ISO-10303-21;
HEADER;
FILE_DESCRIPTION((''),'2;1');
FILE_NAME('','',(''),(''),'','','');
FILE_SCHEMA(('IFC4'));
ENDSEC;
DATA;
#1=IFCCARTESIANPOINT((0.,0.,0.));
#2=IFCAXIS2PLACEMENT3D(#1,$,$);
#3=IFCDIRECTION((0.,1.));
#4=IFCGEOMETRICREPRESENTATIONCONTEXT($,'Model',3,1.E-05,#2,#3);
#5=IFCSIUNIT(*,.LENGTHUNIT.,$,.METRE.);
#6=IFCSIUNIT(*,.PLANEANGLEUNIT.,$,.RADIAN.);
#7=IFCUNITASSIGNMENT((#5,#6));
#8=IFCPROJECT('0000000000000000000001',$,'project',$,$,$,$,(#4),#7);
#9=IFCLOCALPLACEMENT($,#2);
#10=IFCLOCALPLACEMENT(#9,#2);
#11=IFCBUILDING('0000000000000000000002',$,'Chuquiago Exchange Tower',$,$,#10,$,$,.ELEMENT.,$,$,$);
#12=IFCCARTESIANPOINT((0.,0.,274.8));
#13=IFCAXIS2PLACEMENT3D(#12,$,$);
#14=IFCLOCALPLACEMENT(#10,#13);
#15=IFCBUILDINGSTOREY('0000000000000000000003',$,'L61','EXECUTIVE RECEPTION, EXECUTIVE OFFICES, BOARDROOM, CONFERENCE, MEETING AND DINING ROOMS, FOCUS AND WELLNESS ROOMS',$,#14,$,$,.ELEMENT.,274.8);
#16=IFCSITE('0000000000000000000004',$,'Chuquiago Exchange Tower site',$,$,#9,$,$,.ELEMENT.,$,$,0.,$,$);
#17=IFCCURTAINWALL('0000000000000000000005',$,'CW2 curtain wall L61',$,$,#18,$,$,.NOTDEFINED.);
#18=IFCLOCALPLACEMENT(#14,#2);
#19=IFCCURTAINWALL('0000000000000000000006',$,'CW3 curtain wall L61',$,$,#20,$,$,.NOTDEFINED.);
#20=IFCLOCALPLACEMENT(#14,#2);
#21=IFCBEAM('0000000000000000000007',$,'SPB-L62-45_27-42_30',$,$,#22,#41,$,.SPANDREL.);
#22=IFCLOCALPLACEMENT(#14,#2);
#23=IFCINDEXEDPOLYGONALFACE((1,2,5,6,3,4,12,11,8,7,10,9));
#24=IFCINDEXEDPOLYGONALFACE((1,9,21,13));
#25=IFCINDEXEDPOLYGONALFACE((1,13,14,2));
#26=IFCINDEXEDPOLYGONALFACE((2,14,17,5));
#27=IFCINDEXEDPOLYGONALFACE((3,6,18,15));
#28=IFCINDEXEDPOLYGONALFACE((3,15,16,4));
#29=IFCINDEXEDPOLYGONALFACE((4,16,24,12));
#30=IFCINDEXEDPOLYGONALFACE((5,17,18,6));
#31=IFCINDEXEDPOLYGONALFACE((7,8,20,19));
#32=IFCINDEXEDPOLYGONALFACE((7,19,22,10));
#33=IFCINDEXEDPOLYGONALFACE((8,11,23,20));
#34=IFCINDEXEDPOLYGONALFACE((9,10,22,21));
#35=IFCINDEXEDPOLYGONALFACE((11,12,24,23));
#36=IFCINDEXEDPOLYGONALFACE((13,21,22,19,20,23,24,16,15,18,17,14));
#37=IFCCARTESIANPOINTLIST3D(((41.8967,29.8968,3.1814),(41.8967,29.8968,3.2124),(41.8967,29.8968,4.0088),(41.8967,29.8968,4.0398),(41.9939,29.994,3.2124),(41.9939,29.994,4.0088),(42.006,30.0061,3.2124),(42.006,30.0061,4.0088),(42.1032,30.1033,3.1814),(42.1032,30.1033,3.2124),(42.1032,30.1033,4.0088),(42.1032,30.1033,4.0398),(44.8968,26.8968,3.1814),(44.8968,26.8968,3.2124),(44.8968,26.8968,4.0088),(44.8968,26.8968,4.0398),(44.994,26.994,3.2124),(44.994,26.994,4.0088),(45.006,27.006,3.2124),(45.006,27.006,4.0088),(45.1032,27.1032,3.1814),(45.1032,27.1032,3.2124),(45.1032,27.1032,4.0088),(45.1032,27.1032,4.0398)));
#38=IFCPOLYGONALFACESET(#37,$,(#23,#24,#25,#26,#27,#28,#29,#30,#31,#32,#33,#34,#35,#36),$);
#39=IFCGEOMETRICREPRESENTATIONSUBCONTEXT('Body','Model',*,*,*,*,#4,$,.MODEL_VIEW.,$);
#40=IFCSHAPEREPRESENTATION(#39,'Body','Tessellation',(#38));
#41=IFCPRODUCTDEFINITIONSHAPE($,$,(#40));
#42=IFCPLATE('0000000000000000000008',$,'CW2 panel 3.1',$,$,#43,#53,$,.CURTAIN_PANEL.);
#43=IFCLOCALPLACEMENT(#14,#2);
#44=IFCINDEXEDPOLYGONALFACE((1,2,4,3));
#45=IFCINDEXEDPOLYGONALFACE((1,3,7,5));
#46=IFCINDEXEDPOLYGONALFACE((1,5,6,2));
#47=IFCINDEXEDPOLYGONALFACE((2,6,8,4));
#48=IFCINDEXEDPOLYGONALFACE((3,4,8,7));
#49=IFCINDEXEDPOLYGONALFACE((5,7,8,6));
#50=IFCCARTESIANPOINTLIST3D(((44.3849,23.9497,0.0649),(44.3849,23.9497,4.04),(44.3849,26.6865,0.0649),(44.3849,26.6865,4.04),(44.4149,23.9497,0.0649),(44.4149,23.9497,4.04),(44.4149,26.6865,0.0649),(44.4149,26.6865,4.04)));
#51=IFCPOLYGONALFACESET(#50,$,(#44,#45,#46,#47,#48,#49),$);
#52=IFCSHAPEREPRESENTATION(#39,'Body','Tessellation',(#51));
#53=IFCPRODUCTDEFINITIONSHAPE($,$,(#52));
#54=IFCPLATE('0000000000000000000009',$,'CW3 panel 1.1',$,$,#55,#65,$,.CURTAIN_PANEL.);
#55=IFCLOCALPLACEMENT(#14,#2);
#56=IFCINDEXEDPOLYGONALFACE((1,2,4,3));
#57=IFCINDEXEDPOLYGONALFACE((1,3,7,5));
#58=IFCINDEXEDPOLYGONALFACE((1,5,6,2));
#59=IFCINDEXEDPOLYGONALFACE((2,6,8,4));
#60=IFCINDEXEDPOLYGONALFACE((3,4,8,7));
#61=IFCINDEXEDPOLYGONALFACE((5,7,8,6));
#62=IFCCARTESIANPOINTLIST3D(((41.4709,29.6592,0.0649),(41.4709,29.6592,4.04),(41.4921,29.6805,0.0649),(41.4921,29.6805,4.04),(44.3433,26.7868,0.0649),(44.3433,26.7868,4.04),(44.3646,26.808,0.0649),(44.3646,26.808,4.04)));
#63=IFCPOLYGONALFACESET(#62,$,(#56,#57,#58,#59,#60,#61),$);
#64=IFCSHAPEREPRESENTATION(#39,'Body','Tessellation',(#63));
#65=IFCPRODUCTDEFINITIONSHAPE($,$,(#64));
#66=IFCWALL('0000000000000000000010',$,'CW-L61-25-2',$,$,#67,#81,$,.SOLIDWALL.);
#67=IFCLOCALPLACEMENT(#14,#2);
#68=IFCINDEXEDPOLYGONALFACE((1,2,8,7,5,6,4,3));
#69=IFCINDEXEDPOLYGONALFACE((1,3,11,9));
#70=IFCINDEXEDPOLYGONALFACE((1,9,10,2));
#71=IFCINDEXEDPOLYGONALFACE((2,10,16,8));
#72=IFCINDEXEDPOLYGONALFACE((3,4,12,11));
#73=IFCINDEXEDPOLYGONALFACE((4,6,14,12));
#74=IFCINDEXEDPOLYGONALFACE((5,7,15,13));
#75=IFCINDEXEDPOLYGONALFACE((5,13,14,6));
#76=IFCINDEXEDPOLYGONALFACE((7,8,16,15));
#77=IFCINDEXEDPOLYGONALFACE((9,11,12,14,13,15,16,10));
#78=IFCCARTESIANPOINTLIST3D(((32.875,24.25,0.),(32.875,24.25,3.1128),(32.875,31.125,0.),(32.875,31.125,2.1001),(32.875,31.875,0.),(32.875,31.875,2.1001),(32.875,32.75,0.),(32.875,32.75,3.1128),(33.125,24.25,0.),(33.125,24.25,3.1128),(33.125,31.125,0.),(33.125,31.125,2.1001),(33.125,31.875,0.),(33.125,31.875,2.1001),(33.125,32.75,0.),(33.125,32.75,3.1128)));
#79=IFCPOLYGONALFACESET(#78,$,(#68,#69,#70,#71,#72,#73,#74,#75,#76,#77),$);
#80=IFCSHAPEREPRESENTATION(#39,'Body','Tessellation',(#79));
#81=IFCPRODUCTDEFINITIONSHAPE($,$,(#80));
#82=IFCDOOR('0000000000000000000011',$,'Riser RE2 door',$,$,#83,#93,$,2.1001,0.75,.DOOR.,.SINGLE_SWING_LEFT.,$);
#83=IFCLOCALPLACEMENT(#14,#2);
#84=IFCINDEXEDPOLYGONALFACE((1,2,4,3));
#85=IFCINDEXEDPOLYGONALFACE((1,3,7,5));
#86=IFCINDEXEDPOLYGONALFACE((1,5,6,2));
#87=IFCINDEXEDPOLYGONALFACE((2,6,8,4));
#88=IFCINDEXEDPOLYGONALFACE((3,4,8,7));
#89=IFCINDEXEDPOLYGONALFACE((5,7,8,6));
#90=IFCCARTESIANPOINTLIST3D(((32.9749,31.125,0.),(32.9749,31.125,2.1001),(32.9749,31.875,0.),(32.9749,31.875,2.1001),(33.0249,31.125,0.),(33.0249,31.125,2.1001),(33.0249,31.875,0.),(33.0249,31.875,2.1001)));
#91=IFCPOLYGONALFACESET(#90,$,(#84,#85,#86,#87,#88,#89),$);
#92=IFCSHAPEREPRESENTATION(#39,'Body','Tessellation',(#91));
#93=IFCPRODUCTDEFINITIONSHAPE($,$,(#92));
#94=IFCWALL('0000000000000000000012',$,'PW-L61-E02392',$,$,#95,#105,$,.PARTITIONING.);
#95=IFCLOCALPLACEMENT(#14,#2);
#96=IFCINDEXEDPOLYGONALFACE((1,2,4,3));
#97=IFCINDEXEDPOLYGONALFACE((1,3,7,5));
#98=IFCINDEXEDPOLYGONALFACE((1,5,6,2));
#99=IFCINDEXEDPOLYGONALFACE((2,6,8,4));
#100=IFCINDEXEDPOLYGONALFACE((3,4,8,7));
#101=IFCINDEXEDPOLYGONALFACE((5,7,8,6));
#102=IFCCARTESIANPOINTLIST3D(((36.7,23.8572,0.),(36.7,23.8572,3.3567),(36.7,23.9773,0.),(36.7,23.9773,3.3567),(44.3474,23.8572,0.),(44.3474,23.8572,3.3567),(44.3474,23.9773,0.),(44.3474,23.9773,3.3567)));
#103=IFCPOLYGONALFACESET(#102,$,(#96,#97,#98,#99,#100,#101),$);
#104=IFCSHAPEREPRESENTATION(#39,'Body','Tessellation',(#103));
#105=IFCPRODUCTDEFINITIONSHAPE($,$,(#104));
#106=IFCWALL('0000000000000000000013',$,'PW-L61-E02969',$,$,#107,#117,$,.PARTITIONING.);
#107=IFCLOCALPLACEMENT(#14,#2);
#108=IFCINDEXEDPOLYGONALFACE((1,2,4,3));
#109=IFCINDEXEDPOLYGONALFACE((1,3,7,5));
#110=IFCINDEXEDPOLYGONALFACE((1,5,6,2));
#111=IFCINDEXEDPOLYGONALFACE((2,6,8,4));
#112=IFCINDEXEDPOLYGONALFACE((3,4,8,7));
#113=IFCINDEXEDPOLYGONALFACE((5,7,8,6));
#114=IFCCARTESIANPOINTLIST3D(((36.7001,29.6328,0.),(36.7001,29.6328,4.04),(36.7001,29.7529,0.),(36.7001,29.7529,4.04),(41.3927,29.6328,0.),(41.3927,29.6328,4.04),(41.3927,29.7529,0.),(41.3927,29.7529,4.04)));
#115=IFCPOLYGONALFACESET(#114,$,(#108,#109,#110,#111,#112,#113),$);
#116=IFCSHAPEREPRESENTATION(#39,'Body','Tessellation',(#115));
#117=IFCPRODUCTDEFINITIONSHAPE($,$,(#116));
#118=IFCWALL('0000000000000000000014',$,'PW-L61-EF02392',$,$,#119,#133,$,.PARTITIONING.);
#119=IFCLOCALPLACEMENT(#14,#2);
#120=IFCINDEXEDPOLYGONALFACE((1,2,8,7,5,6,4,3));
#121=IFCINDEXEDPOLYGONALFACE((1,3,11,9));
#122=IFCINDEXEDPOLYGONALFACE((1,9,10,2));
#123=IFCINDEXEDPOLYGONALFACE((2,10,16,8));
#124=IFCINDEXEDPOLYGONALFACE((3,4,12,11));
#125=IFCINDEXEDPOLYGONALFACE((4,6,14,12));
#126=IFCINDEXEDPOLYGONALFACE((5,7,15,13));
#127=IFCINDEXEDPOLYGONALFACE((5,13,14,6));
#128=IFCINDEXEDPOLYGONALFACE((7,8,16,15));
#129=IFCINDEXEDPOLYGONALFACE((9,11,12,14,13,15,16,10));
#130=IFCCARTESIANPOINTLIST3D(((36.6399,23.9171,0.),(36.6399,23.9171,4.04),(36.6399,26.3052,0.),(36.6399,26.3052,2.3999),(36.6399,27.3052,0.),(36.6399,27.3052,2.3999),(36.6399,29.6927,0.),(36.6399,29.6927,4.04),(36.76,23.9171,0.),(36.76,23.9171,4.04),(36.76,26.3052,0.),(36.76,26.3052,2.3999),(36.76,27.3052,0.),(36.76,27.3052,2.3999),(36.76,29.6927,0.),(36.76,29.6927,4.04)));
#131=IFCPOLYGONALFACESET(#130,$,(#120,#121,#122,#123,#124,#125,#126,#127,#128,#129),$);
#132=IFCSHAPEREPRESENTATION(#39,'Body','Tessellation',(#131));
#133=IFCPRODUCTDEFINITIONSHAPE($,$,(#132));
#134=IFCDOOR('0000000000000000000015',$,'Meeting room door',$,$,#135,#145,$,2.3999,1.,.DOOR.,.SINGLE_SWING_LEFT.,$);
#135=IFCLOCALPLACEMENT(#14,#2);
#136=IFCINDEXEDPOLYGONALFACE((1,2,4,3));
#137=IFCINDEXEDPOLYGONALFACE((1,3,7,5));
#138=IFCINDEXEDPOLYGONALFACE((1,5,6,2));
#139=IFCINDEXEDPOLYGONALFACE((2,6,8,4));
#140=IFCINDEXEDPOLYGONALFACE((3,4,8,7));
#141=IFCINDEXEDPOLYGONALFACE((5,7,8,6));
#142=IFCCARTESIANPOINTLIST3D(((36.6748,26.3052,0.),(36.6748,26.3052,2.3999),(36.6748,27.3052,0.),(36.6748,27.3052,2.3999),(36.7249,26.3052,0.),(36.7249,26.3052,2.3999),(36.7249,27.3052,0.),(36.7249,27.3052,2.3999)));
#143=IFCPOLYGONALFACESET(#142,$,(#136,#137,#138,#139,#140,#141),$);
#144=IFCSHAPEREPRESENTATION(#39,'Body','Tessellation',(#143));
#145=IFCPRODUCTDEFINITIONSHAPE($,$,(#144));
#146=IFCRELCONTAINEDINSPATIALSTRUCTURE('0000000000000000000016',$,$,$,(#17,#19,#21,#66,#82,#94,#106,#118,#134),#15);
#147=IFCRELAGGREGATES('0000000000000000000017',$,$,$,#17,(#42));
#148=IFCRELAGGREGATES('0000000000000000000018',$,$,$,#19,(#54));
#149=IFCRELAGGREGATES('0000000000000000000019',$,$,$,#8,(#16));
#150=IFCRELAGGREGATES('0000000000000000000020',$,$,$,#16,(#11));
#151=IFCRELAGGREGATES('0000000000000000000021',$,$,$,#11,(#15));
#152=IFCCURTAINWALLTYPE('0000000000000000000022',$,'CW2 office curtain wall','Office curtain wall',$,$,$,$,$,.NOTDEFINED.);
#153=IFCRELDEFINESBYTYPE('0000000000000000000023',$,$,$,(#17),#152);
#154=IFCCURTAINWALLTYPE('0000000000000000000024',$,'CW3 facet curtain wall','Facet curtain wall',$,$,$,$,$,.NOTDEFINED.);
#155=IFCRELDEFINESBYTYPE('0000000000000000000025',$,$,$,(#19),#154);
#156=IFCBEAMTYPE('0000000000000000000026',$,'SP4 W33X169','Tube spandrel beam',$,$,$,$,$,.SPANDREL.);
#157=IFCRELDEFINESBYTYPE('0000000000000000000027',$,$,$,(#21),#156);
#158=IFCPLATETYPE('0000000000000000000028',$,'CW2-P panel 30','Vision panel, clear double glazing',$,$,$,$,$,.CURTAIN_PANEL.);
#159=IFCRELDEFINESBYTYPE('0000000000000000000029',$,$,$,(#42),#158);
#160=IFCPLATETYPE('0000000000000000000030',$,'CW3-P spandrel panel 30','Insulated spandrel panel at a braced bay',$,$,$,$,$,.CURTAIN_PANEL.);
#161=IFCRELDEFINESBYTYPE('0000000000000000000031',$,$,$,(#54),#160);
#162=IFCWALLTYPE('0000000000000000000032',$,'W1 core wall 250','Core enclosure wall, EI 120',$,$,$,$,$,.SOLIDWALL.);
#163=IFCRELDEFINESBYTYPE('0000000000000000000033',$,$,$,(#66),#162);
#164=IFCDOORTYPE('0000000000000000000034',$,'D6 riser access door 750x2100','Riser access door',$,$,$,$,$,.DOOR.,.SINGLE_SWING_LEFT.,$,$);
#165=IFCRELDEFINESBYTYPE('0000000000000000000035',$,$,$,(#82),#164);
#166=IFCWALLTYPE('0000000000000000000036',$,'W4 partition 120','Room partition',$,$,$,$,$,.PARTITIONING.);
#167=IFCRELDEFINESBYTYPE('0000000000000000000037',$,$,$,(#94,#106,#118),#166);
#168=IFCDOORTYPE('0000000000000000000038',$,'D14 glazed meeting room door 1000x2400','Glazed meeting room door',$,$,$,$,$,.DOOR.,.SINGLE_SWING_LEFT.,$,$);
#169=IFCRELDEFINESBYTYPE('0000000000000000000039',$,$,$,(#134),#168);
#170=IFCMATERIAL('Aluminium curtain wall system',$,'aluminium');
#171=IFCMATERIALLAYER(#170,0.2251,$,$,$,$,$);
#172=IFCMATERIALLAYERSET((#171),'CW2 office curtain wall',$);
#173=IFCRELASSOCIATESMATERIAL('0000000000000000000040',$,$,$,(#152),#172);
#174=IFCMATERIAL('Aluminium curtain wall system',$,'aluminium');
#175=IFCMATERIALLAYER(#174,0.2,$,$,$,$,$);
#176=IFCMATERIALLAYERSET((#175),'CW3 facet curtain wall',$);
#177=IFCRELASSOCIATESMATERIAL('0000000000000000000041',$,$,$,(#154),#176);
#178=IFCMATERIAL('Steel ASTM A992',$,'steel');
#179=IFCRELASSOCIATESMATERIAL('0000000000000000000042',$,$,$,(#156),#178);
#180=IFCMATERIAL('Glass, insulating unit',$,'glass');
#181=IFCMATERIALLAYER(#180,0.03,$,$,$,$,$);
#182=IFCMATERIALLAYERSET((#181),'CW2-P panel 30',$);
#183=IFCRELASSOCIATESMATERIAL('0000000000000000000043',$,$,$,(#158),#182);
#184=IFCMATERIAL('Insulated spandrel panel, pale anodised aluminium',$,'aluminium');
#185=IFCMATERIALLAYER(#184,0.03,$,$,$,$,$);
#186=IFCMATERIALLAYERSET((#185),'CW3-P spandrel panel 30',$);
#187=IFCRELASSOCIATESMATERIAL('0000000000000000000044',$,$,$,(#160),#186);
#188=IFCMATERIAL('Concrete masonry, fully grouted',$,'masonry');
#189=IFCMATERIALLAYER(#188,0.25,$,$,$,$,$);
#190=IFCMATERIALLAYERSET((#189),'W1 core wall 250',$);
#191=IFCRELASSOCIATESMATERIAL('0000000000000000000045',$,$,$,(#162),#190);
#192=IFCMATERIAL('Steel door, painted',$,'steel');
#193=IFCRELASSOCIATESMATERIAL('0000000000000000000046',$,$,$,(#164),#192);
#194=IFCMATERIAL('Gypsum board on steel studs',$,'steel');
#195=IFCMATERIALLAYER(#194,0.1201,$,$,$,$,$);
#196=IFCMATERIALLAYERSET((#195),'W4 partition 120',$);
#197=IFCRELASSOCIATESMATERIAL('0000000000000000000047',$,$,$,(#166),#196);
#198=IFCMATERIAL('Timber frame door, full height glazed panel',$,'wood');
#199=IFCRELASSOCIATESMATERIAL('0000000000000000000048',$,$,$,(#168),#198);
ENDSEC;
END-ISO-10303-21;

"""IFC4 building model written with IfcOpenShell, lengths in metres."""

from ifc_helpers import new_model, si_unit, direction, frame, frame_2d, origin, origin_2d, place, context, subcontext, project, spatial, rectangle, i_section, extrude, material, layer, layer_set, material_profile, profile_set, type_object, element, fill, aggregate, save


model = new_model("IFC4")

# Units and contexts
model_context = context("Model", 3, precision=1e-05, world=origin(), true_north=direction((0.0, 1.0)))
body_context = subcontext(model_context, "Body", "Model", "MODEL_VIEW")
ifc_project = project(units=[si_unit("LENGTHUNIT", "METRE"), si_unit("PLANEANGLEUNIT", "RADIAN")], contexts=[model_context])

# Site, building, storey
site_placement = place(None, origin())
site = spatial("IfcSite", under=ifc_project, at=site_placement, Name="Chuquiago Exchange Tower site", CompositionType="ELEMENT", RefElevation=0.0)
building_placement = place(site_placement, origin())
building = spatial("IfcBuilding", under=site, at=building_placement, Name="Chuquiago Exchange Tower", CompositionType="ELEMENT")
storey_placement = place(building_placement, frame((0.0, 0.0, 274.8)))
storey = spatial("IfcBuildingStorey", under=building, at=storey_placement, Name="L61", Description="EXECUTIVE RECEPTION, EXECUTIVE OFFICES, BOARDROOM, CONFERENCE, MEETING AND DINING ROOMS, FOCUS AND WELLNESS ROOMS", CompositionType="ELEMENT", Elevation=274.8)

# Curtain walls
ifc_material_1 = material(Name="Aluminium curtain wall system", Category="aluminium")
ifc_layer_1 = layer(ifc_material_1, 0.2251)
ifc_layer_set_1 = layer_set([ifc_layer_1], Name="CW2 office curtain wall")
curtain_wall_type_1 = type_object("IfcCurtainWallType", Name="CW2 office curtain wall", Description="Office curtain wall", PredefinedType="NOTDEFINED", material=ifc_layer_set_1)
curtain_wall_1_placement = place(storey_placement, origin())
curtain_wall_1 = element("IfcCurtainWall", 1, at=curtain_wall_1_placement, inside=storey, type_object=curtain_wall_type_1, Name="CW2 curtain wall L61", PredefinedType="NOTDEFINED")
ifc_material_2 = material(Name="Aluminium curtain wall system", Category="aluminium")
ifc_layer_2 = layer(ifc_material_2, 0.2)
ifc_layer_set_2 = layer_set([ifc_layer_2], Name="CW3 facet curtain wall")
curtain_wall_type_2 = type_object("IfcCurtainWallType", Name="CW3 facet curtain wall", Description="Facet curtain wall", PredefinedType="NOTDEFINED", material=ifc_layer_set_2)
curtain_wall_2_placement = place(storey_placement, origin())
curtain_wall_2 = element("IfcCurtainWall", 2, at=curtain_wall_2_placement, inside=storey, type_object=curtain_wall_type_2, Name="CW3 curtain wall L61", PredefinedType="NOTDEFINED")

# Beam
ifc_material_3 = material(Name="Steel ASTM A992", Category="steel")
ifc_material_profile_1 = material_profile(ifc_material_3, i_section(OverallWidth=0.292, OverallDepth=0.8584, WebThickness=0.0171, FlangeThickness=0.031, at=origin_2d()), Name="W33X169")
ifc_profile_set_1 = profile_set([ifc_material_profile_1], Name="Steel ASTM A992")
beam_type_1 = type_object("IfcBeamType", Name="SP4 W33X169", Description="Tube spandrel beam", PredefinedType="SPANDREL", material=ifc_profile_set_1)
beam_1_placement = place(storey_placement, frame((45.0, 27.0, 3.6106), z_axis=(-0.707107, 0.707107, 0.0), x_axis=(-0.707107, -0.707107, 0.0)))
element("IfcBeam", 3, at=beam_1_placement, inside=storey, type_object=beam_type_1, Name="SPB-L62-45_27-42_30", PredefinedType="SPANDREL", context=body_context, shape_type="SweptSolid", body=[
    extrude(i_section(OverallWidth=0.292, OverallDepth=0.8584, WebThickness=0.0171, FlangeThickness=0.031, at=origin_2d()), origin(), (0.0, 0.0, 1.0), 4.2427),
])

# Plates
ifc_material_4 = material(Name="Glass, insulating unit", Category="glass")
ifc_layer_3 = layer(ifc_material_4, 0.03)
ifc_layer_set_3 = layer_set([ifc_layer_3], Name="CW2-P panel 30")
plate_type_1 = type_object("IfcPlateType", Name="CW2-P panel 30", Description="Vision panel, clear double glazing", PredefinedType="CURTAIN_PANEL", material=ifc_layer_set_3)
plate_1_placement = place(storey_placement, frame((44.3999, 25.3181, 0.0649), z_axis=(0.0, 0.0, 1.0), x_axis=(0.0, 1.0, 0.0)))
plate_1 = element("IfcPlate", 4, at=plate_1_placement, type_object=plate_type_1, Name="CW2 panel 3.1", PredefinedType="CURTAIN_PANEL", context=body_context, shape_type="SweptSolid", body=[
    extrude(rectangle(XDim=2.7368, YDim=0.03, at=origin_2d()), origin(), (0.0, 0.0, 1.0), 3.9751),
])
aggregate(curtain_wall_1, [plate_1])
ifc_material_5 = material(Name="Insulated spandrel panel, pale anodised aluminium", Category="aluminium")
ifc_layer_4 = layer(ifc_material_5, 0.03)
ifc_layer_set_4 = layer_set([ifc_layer_4], Name="CW3-P spandrel panel 30")
plate_type_2 = type_object("IfcPlateType", Name="CW3-P spandrel panel 30", Description="Insulated spandrel panel at a braced bay", PredefinedType="CURTAIN_PANEL", material=ifc_layer_set_4)
plate_2_placement = place(storey_placement, frame((42.9177, 28.2336, 0.0649), z_axis=(0.0, 0.0, 1.0), x_axis=(-0.707107, 0.707107, 0.0)))
plate_2 = element("IfcPlate", 5, at=plate_2_placement, type_object=plate_type_2, Name="CW3 panel 1.1", PredefinedType="CURTAIN_PANEL", context=body_context, shape_type="SweptSolid", body=[
    extrude(rectangle(XDim=4.0623, YDim=0.03, at=origin_2d()), origin(), (0.0, 0.0, 1.0), 3.9751),
])
aggregate(curtain_wall_2, [plate_2])

# Wall, opening, door
ifc_material_6 = material(Name="Concrete masonry, fully grouted", Category="masonry")
ifc_layer_5 = layer(ifc_material_6, 0.25)
ifc_layer_set_5 = layer_set([ifc_layer_5], Name="W1 core wall 250")
wall_type_1 = type_object("IfcWallType", Name="W1 core wall 250", Description="Core enclosure wall, EI 120", PredefinedType="SOLIDWALL", material=ifc_layer_set_5)
wall_1_placement = place(storey_placement, frame((33.0, 24.25, 0.0), z_axis=(0.0, 0.0, 1.0), x_axis=(0.0, 1.0, 0.0)))
wall_1 = element("IfcWall", 6, at=wall_1_placement, inside=storey, type_object=wall_type_1, Name="CW-L61-25-2", PredefinedType="SOLIDWALL", context=body_context, shape_type="SweptSolid", body=[
    extrude(rectangle(XDim=8.5, YDim=0.25, at=frame_2d((4.25, 0.0))), origin(), (0.0, 0.0, 1.0), 3.1128),
])
opening_1_placement = place(wall_1_placement, frame((6.875, 0.0, 0.0)))
opening_1 = element("IfcOpeningElement", 7, at=opening_1_placement, cuts=wall_1, PredefinedType="OPENING", context=body_context, shape_type="SweptSolid", body=[
    extrude(rectangle(XDim=0.75, YDim=2.1001, at=frame_2d((0.375, 1.05))), frame((0.0, 0.135, 0.0), z_axis=(0.0, -1.0, 0.0), x_axis=(1.0, 0.0, 0.0)), (0.0, 0.0, 1.0), 0.27),
])
ifc_material_7 = material(Name="Steel door, painted", Category="steel")
door_type_1 = type_object("IfcDoorType", Name="D6 riser access door 750x2100", Description="Riser access door", OperationType="SINGLE_SWING_LEFT", PredefinedType="DOOR", material=ifc_material_7)
door_1_placement = place(opening_1_placement, frame((0.75, 0.0, 0.0), z_axis=(0.0, 0.0, 1.0), x_axis=(-1.0, 0.0, 0.0)))
door_1 = element("IfcDoor", 8, at=door_1_placement, inside=storey, type_object=door_type_1, Name="Riser RE2 door", OperationType="SINGLE_SWING_LEFT", OverallHeight=2.1001, OverallWidth=0.75, PredefinedType="DOOR", context=body_context, shape_type="SweptSolid", body=[
    extrude(rectangle(XDim=0.75, YDim=2.1001, at=frame_2d((0.375, 1.05))), frame((0.0, 0.0249, 0.0), z_axis=(0.0, -1.0, 0.0), x_axis=(1.0, 0.0, 0.0)), (0.0, 0.0, 1.0), 0.05),
])
fill(opening_1, door_1)

# Walls
ifc_material_8 = material(Name="Gypsum board on steel studs", Category="steel")
ifc_layer_6 = layer(ifc_material_8, 0.1201)
ifc_layer_set_6 = layer_set([ifc_layer_6], Name="W4 partition 120")
wall_type_2 = type_object("IfcWallType", Name="W4 partition 120", Description="Room partition", PredefinedType="PARTITIONING", material=ifc_layer_set_6)
wall_2_placement = place(storey_placement, frame((44.3474, 23.9172, 0.0), z_axis=(0.0, 0.0, 1.0), x_axis=(-1.0, 0.0, 0.0)))
element("IfcWall", 9, at=wall_2_placement, inside=storey, type_object=wall_type_2, Name="PW-L61-E02392", PredefinedType="PARTITIONING", context=body_context, shape_type="SweptSolid", body=[
    extrude(rectangle(XDim=7.6475, YDim=0.1201, at=frame_2d((3.8237, 0.0))), origin(), (0.0, 0.0, 1.0), 3.3567),
])
wall_3_placement = place(storey_placement, frame((41.3926, 29.6929, 0.0), z_axis=(0.0, 0.0, 1.0), x_axis=(-1.0, 0.0, 0.0)))
element("IfcWall", 10, at=wall_3_placement, inside=storey, type_object=wall_type_2, Name="PW-L61-E02969", PredefinedType="PARTITIONING", context=body_context, shape_type="SweptSolid", body=[
    extrude(rectangle(XDim=4.6926, YDim=0.1201, at=frame_2d((2.3462, 0.0))), origin(), (0.0, 0.0, 1.0), 4.04),
])

# Wall, opening, door
wall_4_placement = place(storey_placement, frame((36.7, 23.9172, 0.0), z_axis=(0.0, 0.0, 1.0), x_axis=(0.0, 1.0, 0.0)))
wall_4 = element("IfcWall", 11, at=wall_4_placement, inside=storey, type_object=wall_type_2, Name="PW-L61-EF02392", PredefinedType="PARTITIONING", context=body_context, shape_type="SweptSolid", body=[
    extrude(rectangle(XDim=5.7756, YDim=0.1201, at=frame_2d((2.8877, 0.0))), origin(), (0.0, 0.0, 1.0), 4.04),
])
opening_2_placement = place(wall_4_placement, frame((2.3879, 0.0, 0.0)))
opening_2 = element("IfcOpeningElement", 12, at=opening_2_placement, cuts=wall_4, PredefinedType="OPENING", context=body_context, shape_type="SweptSolid", body=[
    extrude(rectangle(XDim=1.0, YDim=2.3999, at=frame_2d((0.5, 1.2))), frame((0.0, 0.0701, 0.0), z_axis=(0.0, -1.0, 0.0), x_axis=(1.0, 0.0, 0.0)), (0.0, 0.0, 1.0), 0.1401),
])
ifc_material_9 = material(Name="Timber frame door, full height glazed panel", Category="wood")
door_type_2 = type_object("IfcDoorType", Name="D14 glazed meeting room door 1000x2400", Description="Glazed meeting room door", OperationType="SINGLE_SWING_LEFT", PredefinedType="DOOR", material=ifc_material_9)
door_2_placement = place(opening_2_placement, frame((1.0, 0.0, 0.0), z_axis=(0.0, 0.0, 1.0), x_axis=(-1.0, 0.0, 0.0)))
door_2 = element("IfcDoor", 13, at=door_2_placement, inside=storey, type_object=door_type_2, Name="Meeting room door", OperationType="SINGLE_SWING_LEFT", OverallHeight=2.3999, OverallWidth=1.0, PredefinedType="DOOR", context=body_context, shape_type="SweptSolid", body=[
    extrude(rectangle(XDim=1.0, YDim=2.3999, at=frame_2d((0.5, 1.2))), frame((0.0, 0.0249, 0.0), z_axis=(0.0, -1.0, 0.0), x_axis=(1.0, 0.0, 0.0)), (0.0, 0.0, 1.0), 0.05),
])
fill(opening_2, door_2)

save(model, "model.ifc")
